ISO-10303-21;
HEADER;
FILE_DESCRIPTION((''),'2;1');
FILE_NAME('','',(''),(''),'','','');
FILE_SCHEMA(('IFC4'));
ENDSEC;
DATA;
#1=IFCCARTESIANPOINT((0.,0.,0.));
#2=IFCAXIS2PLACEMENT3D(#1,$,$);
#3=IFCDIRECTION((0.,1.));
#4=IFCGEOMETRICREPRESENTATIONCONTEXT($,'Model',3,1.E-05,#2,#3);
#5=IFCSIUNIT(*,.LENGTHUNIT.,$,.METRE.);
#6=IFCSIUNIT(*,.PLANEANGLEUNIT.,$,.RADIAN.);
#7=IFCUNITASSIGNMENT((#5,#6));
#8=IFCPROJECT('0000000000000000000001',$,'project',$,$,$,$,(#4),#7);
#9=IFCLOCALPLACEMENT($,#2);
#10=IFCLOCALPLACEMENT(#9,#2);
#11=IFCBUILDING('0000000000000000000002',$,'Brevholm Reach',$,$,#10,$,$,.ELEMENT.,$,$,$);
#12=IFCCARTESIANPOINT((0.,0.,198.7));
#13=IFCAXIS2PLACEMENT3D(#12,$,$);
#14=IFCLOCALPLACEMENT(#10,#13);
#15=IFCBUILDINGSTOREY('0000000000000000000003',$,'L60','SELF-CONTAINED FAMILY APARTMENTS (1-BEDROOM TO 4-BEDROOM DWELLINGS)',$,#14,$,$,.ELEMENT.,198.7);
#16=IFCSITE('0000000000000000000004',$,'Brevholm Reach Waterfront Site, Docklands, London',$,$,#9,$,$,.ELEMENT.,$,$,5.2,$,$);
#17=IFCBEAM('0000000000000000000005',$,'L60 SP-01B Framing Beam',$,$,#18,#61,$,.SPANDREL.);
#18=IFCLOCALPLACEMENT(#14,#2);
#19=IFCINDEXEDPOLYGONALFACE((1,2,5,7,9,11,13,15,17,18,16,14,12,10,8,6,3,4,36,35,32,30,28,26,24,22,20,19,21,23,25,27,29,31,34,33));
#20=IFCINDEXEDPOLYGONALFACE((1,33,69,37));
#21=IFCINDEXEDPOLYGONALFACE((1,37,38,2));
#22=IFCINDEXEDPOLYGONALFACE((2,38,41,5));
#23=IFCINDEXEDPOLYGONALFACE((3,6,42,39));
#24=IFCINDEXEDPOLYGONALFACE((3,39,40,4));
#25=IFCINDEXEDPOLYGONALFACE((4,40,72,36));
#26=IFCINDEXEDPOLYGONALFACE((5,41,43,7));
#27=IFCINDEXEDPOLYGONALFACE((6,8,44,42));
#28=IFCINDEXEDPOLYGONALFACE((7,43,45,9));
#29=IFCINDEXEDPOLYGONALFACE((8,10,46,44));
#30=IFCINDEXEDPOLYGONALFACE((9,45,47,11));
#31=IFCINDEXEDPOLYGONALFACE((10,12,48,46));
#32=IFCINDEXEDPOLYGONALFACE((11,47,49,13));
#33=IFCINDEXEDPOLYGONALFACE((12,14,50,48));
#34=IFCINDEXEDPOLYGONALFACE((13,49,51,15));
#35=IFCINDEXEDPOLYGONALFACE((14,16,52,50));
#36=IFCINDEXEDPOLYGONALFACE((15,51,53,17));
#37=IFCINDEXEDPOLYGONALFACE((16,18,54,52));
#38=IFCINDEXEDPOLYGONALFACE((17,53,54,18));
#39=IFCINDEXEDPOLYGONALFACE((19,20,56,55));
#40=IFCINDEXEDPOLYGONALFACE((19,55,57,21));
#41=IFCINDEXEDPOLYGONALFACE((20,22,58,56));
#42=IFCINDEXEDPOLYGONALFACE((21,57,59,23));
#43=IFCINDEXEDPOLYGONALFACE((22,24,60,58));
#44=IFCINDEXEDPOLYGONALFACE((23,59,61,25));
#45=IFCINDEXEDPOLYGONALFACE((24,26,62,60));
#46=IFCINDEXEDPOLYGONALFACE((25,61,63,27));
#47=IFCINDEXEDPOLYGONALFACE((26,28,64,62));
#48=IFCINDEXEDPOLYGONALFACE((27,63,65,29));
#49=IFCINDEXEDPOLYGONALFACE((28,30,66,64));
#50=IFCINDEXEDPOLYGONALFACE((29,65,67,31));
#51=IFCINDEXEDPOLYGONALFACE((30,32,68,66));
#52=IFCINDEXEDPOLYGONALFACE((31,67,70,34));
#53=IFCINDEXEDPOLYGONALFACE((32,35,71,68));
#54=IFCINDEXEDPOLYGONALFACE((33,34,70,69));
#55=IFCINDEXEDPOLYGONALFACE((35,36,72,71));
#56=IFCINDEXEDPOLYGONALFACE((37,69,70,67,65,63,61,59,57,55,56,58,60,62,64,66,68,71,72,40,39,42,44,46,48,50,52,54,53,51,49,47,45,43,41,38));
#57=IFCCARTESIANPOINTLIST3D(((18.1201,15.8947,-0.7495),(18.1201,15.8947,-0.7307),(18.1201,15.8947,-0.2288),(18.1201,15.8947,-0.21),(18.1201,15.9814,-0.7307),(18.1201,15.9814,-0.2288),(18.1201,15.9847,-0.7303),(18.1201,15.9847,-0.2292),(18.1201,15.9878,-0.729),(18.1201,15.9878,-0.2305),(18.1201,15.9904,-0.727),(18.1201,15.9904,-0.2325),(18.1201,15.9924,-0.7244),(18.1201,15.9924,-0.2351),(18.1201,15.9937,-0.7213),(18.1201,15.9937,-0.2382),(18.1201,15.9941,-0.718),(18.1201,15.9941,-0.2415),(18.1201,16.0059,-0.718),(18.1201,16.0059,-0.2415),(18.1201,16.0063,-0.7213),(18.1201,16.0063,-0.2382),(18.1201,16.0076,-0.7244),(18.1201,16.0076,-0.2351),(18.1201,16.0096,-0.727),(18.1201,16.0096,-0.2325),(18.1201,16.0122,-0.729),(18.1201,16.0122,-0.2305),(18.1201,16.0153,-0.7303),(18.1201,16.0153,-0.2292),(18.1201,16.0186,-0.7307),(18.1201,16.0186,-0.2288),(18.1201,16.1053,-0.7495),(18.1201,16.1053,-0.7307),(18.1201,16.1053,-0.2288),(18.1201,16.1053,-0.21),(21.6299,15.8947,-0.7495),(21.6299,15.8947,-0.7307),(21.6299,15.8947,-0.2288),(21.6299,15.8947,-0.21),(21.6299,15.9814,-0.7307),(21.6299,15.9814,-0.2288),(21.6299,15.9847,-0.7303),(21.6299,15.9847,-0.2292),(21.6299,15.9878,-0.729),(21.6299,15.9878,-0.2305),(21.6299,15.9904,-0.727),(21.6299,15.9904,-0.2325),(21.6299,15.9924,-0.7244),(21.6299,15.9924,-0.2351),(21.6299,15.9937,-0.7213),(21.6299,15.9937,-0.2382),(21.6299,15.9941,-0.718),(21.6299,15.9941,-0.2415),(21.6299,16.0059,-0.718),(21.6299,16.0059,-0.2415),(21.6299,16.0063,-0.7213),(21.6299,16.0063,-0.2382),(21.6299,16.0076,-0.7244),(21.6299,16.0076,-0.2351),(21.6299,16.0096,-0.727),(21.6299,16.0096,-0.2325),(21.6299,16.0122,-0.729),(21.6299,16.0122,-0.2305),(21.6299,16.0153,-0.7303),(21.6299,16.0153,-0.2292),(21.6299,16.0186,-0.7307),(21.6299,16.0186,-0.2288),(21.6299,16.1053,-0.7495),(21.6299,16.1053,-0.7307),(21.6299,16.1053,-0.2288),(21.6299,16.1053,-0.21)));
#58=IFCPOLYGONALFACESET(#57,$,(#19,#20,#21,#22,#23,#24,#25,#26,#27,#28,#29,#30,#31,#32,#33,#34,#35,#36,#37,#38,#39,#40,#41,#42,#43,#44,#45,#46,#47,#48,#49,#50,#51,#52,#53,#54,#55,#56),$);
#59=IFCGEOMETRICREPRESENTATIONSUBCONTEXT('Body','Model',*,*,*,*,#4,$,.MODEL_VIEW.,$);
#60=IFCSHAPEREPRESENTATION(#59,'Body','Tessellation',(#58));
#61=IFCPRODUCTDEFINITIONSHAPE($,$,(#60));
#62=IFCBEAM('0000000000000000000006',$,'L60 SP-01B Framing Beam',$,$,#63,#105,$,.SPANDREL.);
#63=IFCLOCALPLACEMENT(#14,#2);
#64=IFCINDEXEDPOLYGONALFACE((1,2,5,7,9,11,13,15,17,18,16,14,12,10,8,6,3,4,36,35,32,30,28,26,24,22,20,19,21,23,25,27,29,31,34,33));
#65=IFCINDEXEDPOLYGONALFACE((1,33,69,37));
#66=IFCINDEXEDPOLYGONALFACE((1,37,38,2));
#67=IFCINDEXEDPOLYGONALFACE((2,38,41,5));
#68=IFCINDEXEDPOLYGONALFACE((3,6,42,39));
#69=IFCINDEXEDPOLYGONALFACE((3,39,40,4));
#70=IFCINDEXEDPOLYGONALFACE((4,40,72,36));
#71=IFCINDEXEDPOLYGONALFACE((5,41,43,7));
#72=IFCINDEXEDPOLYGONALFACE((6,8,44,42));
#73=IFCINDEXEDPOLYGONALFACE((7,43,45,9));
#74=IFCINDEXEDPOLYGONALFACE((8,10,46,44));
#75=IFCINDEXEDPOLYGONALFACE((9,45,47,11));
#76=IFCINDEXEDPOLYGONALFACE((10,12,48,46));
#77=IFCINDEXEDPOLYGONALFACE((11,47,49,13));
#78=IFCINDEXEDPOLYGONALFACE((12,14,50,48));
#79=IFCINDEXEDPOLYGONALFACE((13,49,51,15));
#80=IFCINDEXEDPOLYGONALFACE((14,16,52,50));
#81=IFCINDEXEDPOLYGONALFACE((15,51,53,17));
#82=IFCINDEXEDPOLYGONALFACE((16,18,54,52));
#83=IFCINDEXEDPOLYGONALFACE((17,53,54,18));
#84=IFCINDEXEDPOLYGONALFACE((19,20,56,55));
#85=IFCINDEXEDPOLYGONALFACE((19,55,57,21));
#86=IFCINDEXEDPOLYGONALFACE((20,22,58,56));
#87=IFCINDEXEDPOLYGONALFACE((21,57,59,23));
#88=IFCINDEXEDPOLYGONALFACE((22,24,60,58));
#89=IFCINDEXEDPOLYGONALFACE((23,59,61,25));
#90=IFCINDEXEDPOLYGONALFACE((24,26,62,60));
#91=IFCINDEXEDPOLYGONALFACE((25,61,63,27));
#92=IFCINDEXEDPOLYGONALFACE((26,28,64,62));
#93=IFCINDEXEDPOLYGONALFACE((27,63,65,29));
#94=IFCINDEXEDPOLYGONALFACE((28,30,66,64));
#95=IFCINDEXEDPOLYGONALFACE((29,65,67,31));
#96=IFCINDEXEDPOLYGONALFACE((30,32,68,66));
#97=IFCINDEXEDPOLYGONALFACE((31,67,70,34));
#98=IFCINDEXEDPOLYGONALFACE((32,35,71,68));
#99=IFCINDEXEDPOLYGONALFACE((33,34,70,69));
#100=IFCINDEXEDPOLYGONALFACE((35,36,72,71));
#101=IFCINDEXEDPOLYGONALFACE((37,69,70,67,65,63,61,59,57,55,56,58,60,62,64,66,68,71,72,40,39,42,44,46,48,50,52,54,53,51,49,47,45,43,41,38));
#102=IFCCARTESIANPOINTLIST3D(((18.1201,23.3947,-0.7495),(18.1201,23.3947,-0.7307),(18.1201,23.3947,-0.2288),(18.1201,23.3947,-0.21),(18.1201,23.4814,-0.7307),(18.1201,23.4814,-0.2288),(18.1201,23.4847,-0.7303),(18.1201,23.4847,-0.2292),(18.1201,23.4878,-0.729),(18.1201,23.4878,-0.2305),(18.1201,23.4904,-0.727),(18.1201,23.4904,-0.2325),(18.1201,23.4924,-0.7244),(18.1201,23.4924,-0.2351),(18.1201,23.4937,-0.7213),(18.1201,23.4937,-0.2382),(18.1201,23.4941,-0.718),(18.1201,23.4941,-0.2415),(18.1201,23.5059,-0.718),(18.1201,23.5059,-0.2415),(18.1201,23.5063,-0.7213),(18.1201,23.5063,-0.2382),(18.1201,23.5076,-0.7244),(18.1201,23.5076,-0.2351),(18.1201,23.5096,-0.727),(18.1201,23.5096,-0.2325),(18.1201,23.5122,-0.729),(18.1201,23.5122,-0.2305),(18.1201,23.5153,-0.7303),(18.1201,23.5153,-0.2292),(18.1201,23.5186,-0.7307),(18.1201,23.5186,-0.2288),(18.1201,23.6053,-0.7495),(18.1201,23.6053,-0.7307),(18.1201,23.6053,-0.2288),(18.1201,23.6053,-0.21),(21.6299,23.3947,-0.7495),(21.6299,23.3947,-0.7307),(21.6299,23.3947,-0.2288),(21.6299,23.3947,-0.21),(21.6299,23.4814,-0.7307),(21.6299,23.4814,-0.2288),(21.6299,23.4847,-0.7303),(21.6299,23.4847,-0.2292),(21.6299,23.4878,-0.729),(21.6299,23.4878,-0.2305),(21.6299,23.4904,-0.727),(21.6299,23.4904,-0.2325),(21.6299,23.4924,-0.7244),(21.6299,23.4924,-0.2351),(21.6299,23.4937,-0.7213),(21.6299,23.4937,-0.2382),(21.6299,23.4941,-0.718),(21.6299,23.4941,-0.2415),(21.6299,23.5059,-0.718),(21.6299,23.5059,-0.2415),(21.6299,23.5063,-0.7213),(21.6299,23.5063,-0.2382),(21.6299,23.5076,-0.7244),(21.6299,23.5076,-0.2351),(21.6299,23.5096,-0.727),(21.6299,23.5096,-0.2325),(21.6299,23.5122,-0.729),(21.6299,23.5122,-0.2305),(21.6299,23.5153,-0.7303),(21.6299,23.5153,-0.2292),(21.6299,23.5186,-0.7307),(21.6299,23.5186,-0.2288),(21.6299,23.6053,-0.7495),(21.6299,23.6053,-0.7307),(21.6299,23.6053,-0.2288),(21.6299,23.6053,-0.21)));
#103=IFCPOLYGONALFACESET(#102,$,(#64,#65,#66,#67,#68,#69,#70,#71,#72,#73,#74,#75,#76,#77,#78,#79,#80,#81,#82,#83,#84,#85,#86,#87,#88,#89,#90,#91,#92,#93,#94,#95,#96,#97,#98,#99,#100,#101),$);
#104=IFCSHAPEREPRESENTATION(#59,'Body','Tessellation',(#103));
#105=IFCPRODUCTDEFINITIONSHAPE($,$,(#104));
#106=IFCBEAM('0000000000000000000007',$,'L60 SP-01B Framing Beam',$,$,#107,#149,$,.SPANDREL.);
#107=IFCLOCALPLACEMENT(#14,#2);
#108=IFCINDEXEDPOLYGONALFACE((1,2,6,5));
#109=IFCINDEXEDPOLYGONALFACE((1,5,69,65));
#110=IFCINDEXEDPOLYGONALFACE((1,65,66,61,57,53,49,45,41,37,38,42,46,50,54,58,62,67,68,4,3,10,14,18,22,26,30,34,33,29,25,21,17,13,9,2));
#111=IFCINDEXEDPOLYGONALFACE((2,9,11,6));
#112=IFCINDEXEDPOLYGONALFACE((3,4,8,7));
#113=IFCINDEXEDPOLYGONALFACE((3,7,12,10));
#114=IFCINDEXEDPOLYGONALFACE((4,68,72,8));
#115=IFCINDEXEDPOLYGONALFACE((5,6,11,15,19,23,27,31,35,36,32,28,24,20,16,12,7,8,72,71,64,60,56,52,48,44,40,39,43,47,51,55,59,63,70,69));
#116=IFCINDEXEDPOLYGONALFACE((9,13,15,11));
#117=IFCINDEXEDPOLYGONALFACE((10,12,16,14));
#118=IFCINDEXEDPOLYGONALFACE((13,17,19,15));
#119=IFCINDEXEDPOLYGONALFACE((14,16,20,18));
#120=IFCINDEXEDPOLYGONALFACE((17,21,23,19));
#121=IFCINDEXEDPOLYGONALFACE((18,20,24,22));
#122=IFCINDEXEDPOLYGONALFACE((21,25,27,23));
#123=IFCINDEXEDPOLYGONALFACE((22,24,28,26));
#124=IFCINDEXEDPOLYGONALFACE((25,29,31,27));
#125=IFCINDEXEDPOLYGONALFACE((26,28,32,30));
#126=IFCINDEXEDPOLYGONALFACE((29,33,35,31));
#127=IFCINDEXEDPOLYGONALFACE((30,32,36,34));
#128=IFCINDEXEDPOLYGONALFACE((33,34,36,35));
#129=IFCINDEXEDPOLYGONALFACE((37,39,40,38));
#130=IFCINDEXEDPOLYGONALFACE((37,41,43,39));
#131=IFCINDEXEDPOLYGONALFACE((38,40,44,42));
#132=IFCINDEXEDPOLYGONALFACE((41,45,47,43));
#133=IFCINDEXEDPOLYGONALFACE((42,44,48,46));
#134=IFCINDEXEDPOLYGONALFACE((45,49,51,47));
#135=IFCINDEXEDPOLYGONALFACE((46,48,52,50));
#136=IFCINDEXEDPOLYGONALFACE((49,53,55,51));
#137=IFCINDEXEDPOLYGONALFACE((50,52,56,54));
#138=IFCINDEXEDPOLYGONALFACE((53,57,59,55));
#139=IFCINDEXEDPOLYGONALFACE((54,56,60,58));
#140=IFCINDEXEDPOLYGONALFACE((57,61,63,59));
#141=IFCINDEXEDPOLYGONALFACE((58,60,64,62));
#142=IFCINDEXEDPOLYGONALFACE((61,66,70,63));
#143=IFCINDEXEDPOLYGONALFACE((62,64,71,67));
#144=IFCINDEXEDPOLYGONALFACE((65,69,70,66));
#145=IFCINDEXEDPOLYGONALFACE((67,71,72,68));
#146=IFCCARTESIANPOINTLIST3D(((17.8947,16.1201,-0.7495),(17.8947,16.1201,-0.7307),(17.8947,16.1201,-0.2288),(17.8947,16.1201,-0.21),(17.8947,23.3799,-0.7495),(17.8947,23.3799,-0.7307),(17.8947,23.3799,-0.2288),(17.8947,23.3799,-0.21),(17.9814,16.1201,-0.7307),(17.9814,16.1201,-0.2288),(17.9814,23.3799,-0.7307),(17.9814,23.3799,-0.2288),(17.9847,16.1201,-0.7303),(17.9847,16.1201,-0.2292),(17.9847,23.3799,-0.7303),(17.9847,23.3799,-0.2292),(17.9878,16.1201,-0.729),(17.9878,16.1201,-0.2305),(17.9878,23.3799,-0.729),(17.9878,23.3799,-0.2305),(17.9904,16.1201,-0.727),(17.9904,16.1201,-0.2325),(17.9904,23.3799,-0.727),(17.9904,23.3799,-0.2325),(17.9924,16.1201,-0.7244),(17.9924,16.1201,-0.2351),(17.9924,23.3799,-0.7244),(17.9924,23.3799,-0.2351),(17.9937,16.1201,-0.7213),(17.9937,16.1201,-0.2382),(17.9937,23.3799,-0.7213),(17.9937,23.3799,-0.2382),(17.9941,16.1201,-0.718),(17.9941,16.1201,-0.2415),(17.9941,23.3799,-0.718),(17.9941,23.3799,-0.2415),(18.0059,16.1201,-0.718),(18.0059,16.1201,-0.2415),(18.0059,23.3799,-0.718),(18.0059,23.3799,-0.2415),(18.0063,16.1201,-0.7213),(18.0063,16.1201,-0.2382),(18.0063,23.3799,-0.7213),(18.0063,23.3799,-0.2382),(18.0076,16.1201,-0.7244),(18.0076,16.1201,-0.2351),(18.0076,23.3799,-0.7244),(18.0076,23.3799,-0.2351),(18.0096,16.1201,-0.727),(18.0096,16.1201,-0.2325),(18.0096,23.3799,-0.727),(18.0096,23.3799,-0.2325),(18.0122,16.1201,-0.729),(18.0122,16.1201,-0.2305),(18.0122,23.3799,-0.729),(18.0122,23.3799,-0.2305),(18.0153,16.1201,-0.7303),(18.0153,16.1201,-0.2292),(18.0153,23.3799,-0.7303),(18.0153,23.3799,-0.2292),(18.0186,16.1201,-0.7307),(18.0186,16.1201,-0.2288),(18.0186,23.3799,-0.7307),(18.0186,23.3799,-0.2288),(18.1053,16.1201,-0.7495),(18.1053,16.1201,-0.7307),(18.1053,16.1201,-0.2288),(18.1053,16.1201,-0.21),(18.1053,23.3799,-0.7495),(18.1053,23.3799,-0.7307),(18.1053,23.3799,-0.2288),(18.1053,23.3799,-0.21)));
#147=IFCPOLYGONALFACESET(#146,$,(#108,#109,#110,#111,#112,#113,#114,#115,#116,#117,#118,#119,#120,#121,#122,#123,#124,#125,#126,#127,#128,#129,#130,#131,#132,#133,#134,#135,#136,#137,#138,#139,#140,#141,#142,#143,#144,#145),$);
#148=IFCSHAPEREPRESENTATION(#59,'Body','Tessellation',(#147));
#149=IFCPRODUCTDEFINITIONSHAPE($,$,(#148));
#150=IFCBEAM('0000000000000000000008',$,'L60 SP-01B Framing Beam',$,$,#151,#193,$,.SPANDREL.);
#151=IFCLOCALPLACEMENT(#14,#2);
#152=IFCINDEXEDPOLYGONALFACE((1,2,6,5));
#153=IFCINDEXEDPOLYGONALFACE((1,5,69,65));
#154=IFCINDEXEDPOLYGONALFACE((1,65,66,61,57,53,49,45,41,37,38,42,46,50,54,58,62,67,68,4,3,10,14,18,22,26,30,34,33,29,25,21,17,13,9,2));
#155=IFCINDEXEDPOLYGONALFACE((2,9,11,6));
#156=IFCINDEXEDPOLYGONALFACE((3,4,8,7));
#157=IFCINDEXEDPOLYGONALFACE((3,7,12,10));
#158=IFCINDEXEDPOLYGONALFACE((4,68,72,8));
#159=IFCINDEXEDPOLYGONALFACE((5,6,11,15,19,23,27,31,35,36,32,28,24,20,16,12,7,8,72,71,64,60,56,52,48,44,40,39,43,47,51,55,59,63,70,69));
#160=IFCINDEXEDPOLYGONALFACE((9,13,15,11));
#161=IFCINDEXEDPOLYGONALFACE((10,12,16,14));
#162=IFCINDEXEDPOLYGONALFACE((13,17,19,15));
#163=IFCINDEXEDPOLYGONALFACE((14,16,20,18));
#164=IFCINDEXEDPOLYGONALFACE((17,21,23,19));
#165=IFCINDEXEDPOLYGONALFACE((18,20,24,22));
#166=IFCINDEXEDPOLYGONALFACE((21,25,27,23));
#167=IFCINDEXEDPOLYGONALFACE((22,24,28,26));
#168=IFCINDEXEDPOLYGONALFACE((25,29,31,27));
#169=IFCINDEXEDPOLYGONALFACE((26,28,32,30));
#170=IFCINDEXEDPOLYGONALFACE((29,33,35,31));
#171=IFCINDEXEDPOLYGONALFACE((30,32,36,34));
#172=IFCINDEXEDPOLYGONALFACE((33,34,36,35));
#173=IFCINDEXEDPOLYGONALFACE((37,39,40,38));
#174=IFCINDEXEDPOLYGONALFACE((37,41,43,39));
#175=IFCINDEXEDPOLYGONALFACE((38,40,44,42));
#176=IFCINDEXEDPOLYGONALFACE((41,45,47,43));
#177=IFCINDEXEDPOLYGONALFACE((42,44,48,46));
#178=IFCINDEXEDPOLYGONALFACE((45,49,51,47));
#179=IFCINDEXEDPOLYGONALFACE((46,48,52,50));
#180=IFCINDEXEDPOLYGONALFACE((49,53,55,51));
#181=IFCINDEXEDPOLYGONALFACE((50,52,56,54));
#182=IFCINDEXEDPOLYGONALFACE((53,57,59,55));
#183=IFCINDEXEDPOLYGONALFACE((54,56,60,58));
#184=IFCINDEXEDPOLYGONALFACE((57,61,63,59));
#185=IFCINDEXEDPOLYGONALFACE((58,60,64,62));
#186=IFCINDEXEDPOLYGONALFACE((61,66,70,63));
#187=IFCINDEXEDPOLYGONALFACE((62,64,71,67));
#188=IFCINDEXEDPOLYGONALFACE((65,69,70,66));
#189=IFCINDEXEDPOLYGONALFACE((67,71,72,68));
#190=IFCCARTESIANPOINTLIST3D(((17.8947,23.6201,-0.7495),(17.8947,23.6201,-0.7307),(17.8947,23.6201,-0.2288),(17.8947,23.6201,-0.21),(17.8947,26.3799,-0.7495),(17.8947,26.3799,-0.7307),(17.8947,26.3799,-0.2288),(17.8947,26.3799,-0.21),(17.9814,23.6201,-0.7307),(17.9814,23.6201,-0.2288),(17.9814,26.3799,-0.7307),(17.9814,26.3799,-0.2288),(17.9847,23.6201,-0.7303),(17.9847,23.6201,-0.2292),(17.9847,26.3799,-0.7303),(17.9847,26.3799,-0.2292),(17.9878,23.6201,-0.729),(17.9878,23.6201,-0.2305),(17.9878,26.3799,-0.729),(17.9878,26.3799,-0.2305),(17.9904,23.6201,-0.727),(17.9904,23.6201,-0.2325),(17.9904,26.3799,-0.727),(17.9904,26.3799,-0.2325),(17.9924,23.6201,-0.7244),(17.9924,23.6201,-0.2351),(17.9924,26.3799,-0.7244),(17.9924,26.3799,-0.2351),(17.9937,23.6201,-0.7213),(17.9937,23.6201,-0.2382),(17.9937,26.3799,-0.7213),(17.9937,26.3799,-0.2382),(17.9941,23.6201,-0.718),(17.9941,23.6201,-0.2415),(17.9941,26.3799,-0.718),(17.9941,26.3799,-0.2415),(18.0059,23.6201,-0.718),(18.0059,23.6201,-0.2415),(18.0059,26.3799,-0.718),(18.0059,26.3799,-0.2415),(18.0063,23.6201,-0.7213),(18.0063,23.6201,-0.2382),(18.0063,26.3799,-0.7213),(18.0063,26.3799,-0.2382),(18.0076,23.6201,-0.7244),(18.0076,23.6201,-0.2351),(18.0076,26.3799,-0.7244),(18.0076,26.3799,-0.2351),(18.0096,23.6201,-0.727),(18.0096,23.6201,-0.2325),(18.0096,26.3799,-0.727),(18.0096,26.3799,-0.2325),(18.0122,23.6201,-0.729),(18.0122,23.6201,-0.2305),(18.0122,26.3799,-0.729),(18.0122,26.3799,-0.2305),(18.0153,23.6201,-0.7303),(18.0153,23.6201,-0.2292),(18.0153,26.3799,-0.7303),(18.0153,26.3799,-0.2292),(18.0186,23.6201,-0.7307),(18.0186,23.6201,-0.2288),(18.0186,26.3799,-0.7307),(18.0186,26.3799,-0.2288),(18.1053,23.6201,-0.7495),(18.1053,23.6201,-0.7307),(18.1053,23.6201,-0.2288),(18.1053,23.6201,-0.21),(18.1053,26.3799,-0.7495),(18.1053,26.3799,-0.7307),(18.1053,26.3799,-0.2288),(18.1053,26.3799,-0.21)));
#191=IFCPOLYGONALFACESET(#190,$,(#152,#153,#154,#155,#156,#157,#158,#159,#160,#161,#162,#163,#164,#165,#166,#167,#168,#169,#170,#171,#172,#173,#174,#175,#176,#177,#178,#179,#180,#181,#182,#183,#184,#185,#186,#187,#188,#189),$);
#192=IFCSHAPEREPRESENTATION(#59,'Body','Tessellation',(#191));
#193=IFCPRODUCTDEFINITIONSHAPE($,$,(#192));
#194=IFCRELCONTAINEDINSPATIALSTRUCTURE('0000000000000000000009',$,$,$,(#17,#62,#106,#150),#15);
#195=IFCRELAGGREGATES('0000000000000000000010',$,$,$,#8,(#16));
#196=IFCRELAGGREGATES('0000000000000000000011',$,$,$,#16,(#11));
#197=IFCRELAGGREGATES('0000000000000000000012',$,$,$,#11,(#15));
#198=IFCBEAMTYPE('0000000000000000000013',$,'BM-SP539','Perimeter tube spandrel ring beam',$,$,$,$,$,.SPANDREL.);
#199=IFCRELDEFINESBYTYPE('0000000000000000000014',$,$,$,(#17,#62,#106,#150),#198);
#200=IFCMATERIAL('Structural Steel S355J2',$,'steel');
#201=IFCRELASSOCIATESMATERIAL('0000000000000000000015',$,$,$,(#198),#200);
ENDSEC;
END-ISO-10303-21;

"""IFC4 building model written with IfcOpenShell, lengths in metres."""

from ifc_helpers import new_model, si_unit, direction, frame, origin, origin_2d, place, context, subcontext, project, spatial, i_section, extrude, material, material_profile, profile_set, type_object, element, save


model = new_model("IFC4")

# Units and contexts
model_context = context("Model", 3, precision=1e-05, world=origin(), true_north=direction((0.0, 1.0)))
body_context = subcontext(model_context, "Body", "Model", "MODEL_VIEW")
ifc_project = project(units=[si_unit("LENGTHUNIT", "METRE"), si_unit("PLANEANGLEUNIT", "RADIAN")], contexts=[model_context])

# Site, building, storey
site_placement = place(None, origin())
site = spatial("IfcSite", under=ifc_project, at=site_placement, Name="Brevholm Reach Waterfront Site, Docklands, London", CompositionType="ELEMENT", RefElevation=5.2)
building_placement = place(site_placement, origin())
building = spatial("IfcBuilding", under=site, at=building_placement, Name="Brevholm Reach", CompositionType="ELEMENT")
storey_placement = place(building_placement, frame((0.0, 0.0, 198.7)))
storey = spatial("IfcBuildingStorey", under=building, at=storey_placement, Name="L60", Description="SELF-CONTAINED FAMILY APARTMENTS (1-BEDROOM TO 4-BEDROOM DWELLINGS)", CompositionType="ELEMENT", Elevation=198.7)

# Beams
ifc_material_1 = material(Name="Structural Steel S355J2", Category="steel")
ifc_material_profile_1 = material_profile(ifc_material_1, i_section(OverallWidth=0.2107, OverallDepth=0.5396, WebThickness=0.0117, FlangeThickness=0.0188, FilletRadius=0.0127, at=origin_2d()), Name="UKB 533x210x109")
ifc_profile_set_1 = profile_set([ifc_material_profile_1], Name="Structural Steel S355J2")
beam_type_1 = type_object("IfcBeamType", Name="BM-SP539", Description="Perimeter tube spandrel ring beam", PredefinedType="SPANDREL", material=ifc_profile_set_1)
for number, where, z_axis, x_axis, name in (
    (1, (18.1201, 16.0, -0.4797), (1.0, 0.0, 0.0), (0.0, 1.0, 0.0), "L60 SP-01B Framing Beam"),
    (2, (18.1201, 23.5, -0.4797), (1.0, 0.0, 0.0), (0.0, 1.0, 0.0), "L60 SP-01B Framing Beam"),
):
    element("IfcBeam", number, at=place(storey_placement, frame(where, z_axis=z_axis, x_axis=x_axis)), inside=storey, type_object=beam_type_1, Name=name, PredefinedType="SPANDREL", context=body_context, shape_type="SweptSolid", body=[
        extrude(i_section(OverallWidth=0.2107, OverallDepth=0.5396, WebThickness=0.0117, FlangeThickness=0.0188, FilletRadius=0.0127, at=origin_2d()), origin(), (0.0, 0.0, 1.0), 3.5098),
    ])
beam_1_placement = place(storey_placement, frame((18.0, 16.1201, -0.4797), z_axis=(0.0, 1.0, 0.0), x_axis=(-1.0, 0.0, 0.0)))
element("IfcBeam", 3, at=beam_1_placement, inside=storey, type_object=beam_type_1, Name="L60 SP-01B Framing Beam", PredefinedType="SPANDREL", context=body_context, shape_type="SweptSolid", body=[
    extrude(i_section(OverallWidth=0.2107, OverallDepth=0.5396, WebThickness=0.0117, FlangeThickness=0.0188, FilletRadius=0.0127, at=origin_2d()), origin(), (0.0, 0.0, 1.0), 7.2598),
])
beam_2_placement = place(storey_placement, frame((18.0, 23.6201, -0.4797), z_axis=(0.0, 1.0, 0.0), x_axis=(-1.0, 0.0, 0.0)))
element("IfcBeam", 4, at=beam_2_placement, inside=storey, type_object=beam_type_1, Name="L60 SP-01B Framing Beam", PredefinedType="SPANDREL", context=body_context, shape_type="SweptSolid", body=[
    extrude(i_section(OverallWidth=0.2107, OverallDepth=0.5396, WebThickness=0.0117, FlangeThickness=0.0188, FilletRadius=0.0127, at=origin_2d()), origin(), (0.0, 0.0, 1.0), 2.7598),
])

save(model, "model.ifc")
